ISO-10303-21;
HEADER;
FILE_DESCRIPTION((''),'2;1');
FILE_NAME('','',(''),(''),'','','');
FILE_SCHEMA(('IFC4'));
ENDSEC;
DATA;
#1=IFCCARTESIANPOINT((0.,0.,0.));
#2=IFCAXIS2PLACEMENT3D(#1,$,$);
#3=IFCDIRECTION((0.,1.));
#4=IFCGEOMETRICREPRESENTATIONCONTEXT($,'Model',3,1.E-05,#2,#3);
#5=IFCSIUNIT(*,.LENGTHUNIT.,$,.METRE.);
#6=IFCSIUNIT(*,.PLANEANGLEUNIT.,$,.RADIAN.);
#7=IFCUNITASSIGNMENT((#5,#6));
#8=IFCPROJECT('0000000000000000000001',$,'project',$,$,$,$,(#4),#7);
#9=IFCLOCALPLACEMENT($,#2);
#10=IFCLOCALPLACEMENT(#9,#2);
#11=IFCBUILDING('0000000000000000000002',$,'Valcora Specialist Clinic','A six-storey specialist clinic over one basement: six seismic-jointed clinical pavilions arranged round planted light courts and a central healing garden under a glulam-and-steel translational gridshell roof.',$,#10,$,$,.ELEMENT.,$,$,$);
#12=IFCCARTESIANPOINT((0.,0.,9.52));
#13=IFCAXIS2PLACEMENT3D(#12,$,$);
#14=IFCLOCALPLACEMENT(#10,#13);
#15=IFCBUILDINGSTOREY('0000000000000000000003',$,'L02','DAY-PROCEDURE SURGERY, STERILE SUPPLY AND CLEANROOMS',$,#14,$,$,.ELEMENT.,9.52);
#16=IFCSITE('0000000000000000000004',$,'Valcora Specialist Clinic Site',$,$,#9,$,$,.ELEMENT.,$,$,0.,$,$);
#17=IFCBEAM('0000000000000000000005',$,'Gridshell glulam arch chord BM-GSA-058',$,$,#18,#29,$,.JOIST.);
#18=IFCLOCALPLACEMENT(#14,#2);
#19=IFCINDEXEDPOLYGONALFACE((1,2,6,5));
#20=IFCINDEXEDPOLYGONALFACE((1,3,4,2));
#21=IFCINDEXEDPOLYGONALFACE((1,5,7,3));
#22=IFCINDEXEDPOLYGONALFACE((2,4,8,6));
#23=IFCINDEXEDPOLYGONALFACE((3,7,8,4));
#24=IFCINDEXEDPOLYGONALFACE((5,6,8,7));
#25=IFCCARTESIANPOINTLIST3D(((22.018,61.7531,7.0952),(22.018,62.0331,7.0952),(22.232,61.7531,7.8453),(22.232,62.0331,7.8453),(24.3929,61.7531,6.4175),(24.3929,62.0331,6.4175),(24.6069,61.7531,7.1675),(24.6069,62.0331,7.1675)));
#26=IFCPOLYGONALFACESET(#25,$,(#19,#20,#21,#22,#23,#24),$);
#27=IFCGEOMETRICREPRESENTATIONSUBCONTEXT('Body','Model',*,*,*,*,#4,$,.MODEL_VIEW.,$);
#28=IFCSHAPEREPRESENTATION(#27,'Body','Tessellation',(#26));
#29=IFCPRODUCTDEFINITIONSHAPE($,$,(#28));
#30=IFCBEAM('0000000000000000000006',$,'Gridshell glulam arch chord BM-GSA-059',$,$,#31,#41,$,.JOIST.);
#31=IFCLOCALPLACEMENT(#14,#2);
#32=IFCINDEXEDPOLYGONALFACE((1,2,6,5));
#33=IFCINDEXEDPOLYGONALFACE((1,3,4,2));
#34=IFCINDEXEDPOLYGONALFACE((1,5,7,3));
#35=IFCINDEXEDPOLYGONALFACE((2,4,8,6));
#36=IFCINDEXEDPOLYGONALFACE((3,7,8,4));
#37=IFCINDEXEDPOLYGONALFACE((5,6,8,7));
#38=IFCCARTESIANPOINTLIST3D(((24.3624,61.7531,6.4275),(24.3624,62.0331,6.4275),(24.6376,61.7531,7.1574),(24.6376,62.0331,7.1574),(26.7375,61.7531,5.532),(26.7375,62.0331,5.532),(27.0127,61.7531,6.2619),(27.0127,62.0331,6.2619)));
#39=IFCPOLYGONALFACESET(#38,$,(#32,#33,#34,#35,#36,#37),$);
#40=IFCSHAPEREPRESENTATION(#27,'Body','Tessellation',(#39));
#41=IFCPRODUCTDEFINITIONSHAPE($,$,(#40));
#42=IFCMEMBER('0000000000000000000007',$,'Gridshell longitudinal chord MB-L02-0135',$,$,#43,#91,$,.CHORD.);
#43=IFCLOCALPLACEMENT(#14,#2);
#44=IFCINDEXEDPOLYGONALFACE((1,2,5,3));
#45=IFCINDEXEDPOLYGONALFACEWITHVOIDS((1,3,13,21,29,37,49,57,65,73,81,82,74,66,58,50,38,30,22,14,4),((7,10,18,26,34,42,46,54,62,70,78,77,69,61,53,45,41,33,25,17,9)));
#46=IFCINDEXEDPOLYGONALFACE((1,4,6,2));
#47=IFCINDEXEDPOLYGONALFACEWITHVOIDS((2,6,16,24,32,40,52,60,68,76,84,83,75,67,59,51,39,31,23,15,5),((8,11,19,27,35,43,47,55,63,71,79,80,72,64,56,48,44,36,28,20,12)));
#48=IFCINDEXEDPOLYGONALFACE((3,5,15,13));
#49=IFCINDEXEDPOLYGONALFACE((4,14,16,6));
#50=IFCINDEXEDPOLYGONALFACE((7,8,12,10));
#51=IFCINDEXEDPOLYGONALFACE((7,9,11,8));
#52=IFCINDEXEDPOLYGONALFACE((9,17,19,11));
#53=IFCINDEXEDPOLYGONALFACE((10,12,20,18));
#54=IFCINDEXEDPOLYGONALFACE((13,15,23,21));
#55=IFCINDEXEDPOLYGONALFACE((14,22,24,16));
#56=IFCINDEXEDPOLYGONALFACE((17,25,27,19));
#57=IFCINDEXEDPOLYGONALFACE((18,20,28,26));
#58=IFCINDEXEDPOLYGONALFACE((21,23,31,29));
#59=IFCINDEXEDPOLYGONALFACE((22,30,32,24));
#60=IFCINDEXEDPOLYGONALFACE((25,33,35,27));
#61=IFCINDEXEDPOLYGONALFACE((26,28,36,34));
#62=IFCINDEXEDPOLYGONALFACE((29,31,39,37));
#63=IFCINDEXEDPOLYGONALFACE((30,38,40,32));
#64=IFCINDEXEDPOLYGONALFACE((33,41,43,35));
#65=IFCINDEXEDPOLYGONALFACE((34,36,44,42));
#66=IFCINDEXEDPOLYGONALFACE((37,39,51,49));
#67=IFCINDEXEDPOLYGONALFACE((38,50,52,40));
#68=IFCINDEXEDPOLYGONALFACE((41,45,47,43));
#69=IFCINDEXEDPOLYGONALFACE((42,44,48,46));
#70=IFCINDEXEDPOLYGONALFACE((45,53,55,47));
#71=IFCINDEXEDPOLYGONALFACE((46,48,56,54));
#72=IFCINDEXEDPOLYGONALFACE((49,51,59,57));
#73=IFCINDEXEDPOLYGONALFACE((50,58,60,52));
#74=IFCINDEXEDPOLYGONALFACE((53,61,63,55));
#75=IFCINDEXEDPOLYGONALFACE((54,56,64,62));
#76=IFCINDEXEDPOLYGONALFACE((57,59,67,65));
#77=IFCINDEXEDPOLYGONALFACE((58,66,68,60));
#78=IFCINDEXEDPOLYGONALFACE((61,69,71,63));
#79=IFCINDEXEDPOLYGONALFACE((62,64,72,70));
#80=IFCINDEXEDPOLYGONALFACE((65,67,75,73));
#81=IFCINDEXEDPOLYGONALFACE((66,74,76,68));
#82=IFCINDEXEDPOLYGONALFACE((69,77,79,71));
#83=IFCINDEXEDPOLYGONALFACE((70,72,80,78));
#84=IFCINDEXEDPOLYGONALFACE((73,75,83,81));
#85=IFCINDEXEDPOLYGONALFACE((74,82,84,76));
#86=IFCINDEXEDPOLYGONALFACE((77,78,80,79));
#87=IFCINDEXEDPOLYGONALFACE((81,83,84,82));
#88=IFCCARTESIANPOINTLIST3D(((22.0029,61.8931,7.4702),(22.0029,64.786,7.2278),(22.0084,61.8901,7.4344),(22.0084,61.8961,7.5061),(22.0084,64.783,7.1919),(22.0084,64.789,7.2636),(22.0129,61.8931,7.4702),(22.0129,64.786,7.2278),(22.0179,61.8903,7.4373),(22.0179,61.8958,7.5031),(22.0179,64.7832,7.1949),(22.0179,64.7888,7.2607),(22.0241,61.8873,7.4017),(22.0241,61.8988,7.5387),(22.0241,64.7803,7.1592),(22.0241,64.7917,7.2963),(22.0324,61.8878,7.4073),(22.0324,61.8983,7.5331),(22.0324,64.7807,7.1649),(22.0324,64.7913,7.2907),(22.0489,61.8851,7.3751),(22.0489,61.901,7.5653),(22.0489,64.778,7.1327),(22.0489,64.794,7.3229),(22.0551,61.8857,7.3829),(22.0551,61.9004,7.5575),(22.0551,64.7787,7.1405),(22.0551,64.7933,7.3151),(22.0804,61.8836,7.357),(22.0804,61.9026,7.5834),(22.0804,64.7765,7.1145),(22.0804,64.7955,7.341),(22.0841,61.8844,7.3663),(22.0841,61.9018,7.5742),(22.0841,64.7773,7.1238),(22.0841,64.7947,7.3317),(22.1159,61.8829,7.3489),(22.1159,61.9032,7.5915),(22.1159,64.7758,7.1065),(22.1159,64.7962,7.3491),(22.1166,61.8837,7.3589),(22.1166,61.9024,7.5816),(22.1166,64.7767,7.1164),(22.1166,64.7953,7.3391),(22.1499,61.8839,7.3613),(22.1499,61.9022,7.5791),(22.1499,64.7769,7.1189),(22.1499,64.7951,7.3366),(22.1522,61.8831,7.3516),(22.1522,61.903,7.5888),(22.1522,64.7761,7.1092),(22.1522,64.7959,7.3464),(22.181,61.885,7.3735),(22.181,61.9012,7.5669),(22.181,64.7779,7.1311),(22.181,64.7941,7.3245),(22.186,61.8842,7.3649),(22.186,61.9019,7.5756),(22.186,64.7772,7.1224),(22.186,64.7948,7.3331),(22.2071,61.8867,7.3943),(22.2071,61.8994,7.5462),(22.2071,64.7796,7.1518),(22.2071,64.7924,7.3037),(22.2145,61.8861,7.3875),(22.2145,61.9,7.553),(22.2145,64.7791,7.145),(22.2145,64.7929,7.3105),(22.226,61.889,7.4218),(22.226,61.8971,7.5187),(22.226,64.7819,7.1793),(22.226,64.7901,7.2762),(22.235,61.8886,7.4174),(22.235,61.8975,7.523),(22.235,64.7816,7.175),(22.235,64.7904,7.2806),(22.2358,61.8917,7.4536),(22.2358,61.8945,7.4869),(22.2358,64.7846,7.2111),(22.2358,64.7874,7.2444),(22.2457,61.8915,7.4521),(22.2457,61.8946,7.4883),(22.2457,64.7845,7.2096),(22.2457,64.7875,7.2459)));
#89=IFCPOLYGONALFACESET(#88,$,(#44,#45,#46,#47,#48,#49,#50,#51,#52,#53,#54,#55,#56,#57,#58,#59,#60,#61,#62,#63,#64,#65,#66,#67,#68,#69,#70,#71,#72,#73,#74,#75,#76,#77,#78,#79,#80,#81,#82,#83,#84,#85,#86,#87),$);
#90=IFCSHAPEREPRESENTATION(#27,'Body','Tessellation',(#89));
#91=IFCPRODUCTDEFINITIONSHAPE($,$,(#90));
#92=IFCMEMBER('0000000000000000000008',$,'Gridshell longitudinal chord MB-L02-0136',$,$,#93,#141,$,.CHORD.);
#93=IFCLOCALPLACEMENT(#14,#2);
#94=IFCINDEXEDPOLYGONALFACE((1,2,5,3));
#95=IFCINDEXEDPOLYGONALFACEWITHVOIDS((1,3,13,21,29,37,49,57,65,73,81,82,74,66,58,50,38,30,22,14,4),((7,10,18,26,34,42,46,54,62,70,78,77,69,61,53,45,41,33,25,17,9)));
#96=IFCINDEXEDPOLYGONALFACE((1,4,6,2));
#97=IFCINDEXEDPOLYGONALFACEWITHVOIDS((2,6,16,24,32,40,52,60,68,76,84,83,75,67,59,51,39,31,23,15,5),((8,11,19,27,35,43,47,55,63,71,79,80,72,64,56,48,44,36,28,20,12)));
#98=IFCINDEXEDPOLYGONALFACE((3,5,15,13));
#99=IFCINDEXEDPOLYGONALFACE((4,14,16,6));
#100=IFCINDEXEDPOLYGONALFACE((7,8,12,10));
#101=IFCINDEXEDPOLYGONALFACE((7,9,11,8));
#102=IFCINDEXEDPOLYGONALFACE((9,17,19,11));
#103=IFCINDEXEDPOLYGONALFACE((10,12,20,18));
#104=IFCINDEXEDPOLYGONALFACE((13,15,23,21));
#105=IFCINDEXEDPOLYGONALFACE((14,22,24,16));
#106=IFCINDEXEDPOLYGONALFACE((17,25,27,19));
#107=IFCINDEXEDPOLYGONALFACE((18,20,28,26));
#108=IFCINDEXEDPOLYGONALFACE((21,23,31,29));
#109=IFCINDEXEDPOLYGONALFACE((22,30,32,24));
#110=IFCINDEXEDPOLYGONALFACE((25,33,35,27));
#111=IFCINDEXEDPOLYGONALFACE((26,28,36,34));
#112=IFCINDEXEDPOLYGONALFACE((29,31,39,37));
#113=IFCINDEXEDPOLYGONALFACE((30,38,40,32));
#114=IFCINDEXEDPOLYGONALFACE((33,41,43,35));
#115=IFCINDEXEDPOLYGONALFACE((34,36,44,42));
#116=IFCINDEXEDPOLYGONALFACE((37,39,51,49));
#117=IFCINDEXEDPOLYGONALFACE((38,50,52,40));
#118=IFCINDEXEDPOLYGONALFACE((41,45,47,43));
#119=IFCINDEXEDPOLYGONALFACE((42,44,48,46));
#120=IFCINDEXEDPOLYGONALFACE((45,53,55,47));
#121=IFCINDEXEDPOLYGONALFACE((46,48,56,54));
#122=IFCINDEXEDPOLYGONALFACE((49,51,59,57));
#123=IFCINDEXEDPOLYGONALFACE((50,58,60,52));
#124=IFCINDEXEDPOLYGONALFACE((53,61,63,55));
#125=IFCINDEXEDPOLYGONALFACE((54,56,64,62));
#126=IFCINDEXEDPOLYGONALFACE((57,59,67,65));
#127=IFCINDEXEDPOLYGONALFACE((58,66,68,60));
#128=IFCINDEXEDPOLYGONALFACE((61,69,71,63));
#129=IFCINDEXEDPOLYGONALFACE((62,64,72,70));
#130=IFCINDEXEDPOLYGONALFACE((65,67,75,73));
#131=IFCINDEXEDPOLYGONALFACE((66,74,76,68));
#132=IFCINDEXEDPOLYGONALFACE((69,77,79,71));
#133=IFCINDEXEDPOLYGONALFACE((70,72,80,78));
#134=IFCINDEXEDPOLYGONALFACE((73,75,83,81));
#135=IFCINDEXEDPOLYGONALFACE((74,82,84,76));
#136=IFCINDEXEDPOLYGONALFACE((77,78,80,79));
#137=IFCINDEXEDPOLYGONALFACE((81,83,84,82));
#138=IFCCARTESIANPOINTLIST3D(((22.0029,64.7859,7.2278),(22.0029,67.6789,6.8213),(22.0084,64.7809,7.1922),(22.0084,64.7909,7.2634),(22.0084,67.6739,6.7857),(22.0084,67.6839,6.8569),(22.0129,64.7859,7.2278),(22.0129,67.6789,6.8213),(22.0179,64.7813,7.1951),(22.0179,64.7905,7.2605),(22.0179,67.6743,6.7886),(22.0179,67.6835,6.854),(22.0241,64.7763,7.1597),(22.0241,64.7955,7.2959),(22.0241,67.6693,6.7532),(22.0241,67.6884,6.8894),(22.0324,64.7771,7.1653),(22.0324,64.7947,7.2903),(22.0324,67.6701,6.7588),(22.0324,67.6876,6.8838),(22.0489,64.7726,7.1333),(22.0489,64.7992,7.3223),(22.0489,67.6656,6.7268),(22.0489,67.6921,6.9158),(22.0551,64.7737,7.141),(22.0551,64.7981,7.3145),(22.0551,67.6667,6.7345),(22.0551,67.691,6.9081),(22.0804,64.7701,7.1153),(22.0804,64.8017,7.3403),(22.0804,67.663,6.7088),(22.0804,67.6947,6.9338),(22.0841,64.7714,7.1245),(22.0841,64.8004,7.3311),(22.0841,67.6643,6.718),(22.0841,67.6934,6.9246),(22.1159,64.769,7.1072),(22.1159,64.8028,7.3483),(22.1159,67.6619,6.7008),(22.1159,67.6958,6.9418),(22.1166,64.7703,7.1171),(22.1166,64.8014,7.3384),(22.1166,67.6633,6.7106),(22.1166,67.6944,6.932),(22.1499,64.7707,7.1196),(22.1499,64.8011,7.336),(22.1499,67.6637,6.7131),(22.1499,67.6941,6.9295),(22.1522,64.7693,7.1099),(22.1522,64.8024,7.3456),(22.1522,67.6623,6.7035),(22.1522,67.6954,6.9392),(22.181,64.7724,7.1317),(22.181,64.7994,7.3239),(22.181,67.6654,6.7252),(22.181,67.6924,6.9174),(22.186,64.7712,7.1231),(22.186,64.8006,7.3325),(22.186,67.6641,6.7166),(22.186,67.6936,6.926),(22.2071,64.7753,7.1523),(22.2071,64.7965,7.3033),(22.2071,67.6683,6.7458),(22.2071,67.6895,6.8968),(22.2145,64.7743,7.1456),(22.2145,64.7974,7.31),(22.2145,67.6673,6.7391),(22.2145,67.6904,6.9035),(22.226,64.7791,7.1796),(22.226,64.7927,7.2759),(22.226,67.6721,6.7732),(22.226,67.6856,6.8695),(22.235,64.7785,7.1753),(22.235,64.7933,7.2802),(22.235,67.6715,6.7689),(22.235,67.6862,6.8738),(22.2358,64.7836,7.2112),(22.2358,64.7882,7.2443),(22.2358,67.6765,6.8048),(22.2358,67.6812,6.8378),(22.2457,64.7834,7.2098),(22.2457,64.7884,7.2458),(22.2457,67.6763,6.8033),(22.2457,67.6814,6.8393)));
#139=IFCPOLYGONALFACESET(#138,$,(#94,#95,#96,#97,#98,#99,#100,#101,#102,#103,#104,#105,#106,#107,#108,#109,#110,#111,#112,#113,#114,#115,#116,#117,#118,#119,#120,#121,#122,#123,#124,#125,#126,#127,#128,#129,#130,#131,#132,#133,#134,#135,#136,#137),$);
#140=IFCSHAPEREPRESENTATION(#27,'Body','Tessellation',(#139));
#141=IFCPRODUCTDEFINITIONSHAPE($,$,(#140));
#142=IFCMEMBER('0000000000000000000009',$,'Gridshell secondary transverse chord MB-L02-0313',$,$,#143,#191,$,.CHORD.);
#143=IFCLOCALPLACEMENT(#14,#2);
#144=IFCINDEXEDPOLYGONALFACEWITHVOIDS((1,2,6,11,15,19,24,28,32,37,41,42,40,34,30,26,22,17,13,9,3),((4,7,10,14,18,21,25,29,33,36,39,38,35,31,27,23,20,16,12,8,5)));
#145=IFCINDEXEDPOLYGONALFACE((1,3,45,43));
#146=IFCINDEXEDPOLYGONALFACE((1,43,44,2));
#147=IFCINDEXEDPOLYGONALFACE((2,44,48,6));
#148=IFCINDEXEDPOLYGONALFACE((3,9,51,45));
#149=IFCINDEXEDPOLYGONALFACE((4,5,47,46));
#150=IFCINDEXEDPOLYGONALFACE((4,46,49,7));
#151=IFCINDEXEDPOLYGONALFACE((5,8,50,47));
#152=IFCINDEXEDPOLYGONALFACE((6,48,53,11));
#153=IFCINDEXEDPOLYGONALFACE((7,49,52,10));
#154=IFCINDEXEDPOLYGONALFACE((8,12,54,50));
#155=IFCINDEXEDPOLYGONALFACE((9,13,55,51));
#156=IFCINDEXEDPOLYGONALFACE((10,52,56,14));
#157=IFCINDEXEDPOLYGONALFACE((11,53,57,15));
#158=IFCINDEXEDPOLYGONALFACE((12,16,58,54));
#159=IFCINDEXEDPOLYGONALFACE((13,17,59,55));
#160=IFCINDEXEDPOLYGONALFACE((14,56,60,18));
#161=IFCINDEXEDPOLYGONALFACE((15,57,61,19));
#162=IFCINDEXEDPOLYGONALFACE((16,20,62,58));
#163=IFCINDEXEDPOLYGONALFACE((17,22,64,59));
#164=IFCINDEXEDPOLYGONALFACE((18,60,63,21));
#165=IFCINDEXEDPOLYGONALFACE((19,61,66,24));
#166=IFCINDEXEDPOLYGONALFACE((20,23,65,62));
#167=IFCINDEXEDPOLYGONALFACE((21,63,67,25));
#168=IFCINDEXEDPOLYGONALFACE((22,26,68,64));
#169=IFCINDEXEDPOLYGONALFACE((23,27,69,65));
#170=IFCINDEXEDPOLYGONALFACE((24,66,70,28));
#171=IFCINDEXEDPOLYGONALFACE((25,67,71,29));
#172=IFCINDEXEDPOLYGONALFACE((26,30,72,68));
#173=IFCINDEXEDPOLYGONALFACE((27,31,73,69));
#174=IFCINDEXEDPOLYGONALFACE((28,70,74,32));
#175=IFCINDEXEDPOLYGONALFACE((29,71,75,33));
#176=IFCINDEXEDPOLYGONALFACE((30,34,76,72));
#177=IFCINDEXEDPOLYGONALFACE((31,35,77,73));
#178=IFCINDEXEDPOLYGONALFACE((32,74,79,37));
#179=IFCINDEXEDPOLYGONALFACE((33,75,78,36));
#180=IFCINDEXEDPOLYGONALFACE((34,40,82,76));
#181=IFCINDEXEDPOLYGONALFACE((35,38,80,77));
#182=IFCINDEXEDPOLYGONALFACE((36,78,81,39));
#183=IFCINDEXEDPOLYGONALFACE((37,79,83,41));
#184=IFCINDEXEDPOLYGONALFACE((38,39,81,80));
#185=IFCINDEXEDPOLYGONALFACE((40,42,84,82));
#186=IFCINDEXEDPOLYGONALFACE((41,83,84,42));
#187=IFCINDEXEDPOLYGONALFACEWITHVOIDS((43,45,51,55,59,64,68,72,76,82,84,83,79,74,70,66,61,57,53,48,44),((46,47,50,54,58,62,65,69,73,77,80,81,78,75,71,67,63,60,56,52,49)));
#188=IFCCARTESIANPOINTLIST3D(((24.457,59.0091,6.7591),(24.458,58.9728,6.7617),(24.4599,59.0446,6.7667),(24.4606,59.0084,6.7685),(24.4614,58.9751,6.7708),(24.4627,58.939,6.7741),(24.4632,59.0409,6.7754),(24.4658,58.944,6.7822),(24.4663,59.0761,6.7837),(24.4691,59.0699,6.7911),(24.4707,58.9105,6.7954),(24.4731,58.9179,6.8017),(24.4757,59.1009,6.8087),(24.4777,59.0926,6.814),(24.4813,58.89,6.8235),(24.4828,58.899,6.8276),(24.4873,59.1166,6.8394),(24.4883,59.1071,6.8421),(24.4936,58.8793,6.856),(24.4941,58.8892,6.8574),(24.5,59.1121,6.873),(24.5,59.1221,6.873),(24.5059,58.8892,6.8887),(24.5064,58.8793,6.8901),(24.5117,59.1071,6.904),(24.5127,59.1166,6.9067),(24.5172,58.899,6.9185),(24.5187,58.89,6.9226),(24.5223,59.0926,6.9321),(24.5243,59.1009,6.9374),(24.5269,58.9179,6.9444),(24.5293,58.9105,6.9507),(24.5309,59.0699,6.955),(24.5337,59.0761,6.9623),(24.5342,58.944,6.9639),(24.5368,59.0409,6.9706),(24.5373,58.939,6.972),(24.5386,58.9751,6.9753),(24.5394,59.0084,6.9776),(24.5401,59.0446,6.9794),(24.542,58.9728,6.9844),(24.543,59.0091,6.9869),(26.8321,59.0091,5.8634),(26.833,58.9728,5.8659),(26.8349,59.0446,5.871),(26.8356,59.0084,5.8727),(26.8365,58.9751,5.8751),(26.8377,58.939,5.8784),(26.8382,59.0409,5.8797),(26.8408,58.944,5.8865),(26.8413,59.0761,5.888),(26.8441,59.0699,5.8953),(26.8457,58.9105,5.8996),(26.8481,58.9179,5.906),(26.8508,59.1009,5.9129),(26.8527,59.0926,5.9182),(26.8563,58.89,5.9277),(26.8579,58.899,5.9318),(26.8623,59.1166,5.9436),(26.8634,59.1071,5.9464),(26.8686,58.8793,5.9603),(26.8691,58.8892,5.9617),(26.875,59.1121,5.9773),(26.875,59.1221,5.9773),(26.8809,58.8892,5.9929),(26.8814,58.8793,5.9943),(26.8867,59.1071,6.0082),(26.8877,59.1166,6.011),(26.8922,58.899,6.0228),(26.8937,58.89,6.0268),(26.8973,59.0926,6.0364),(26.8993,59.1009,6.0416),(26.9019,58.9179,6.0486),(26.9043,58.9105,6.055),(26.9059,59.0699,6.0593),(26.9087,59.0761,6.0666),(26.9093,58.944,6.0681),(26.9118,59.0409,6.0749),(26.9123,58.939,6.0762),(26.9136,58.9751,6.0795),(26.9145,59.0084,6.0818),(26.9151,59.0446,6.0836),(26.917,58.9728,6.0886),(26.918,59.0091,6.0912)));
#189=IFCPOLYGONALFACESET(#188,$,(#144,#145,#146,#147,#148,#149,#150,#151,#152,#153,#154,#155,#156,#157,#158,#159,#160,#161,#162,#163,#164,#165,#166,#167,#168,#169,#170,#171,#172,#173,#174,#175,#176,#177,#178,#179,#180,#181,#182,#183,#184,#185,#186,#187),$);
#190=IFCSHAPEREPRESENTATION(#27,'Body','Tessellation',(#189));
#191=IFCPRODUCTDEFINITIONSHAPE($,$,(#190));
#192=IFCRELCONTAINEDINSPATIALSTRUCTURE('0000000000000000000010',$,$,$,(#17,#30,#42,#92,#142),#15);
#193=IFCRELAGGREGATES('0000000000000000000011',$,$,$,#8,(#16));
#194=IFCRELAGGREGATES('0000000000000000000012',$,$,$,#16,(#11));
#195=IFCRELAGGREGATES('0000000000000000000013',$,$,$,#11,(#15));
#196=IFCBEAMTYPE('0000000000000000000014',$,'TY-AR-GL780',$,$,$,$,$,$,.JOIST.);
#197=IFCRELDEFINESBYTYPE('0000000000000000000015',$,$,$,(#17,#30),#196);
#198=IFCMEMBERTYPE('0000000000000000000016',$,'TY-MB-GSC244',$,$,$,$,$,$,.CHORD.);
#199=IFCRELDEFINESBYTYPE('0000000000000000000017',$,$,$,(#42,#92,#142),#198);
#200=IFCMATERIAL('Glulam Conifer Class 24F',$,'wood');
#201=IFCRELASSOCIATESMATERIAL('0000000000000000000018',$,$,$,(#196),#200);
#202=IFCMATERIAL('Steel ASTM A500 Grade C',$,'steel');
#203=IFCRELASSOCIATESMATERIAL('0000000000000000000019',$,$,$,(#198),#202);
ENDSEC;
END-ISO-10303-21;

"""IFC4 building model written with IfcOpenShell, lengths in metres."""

from ifc_helpers import new_model, si_unit, direction, frame, origin, origin_2d, place, context, subcontext, project, spatial, rectangle, hollow_circle, extrude, material, material_profile, profile_set, type_object, element, save


model = new_model("IFC4")

# Units and contexts
model_context = context("Model", 3, precision=1e-05, world=origin(), true_north=direction((0.0, 1.0)))
body_context = subcontext(model_context, "Body", "Model", "MODEL_VIEW")
ifc_project = project(units=[si_unit("LENGTHUNIT", "METRE"), si_unit("PLANEANGLEUNIT", "RADIAN")], contexts=[model_context])

# Site, building, storey
site_placement = place(None, origin())
site = spatial("IfcSite", under=ifc_project, at=site_placement, Name="Valcora Specialist Clinic Site", CompositionType="ELEMENT", RefElevation=0.0)
building_placement = place(site_placement, origin())
building = spatial("IfcBuilding", under=site, at=building_placement, Name="Valcora Specialist Clinic", Description="A six-storey specialist clinic over one basement: six seismic-jointed clinical pavilions arranged round planted light courts and a central healing garden under a glulam-and-steel translational gridshell roof.", CompositionType="ELEMENT")
storey_placement = place(building_placement, frame((0.0, 0.0, 9.52)))
storey = spatial("IfcBuildingStorey", under=building, at=storey_placement, Name="L02", Description="DAY-PROCEDURE SURGERY, STERILE SUPPLY AND CLEANROOMS", CompositionType="ELEMENT", Elevation=9.52)

# Beams
ifc_material_1 = material(Name="Glulam Conifer Class 24F", Category="wood")
ifc_material_profile_1 = material_profile(ifc_material_1, rectangle(XDim=0.28, YDim=0.78, at=origin_2d()), Name="GL-ARC-280X780")
ifc_profile_set_1 = profile_set([ifc_material_profile_1], Name="Glulam Conifer Class 24F")
beam_type = type_object("IfcBeamType", Name="TY-AR-GL780", PredefinedType="JOIST", material=ifc_profile_set_1)
beam_1_placement = place(storey_placement, frame((22.125, 61.8931, 7.4702), z_axis=(0.961613, 0.0, -0.274408), x_axis=(0.0, 1.0, 0.0)))
element("IfcBeam", 1, at=beam_1_placement, inside=storey, type_object=beam_type, Name="Gridshell glulam arch chord BM-GSA-058", PredefinedType="JOIST", context=body_context, shape_type="SweptSolid", body=[
    extrude(rectangle(XDim=0.28, YDim=0.78, at=origin_2d()), origin(), (0.0, 0.0, 1.0), 2.4697),
])
beam_2_placement = place(storey_placement, frame((24.5, 61.8931, 6.7925), z_axis=(0.935695, 0.0, -0.352809), x_axis=(0.0, 1.0, 0.0)))
element("IfcBeam", 2, at=beam_2_placement, inside=storey, type_object=beam_type, Name="Gridshell glulam arch chord BM-GSA-059", PredefinedType="JOIST", context=body_context, shape_type="SweptSolid", body=[
    extrude(rectangle(XDim=0.28, YDim=0.78, at=origin_2d()), origin(), (0.0, 0.0, 1.0), 2.5383),
])

# Members
ifc_material_2 = material(Name="Steel ASTM A500 Grade C", Category="steel")
ifc_material_profile_2 = material_profile(ifc_material_2, hollow_circle(Radius=0.1221, WallThickness=0.01, at=origin_2d()), Name="ST-CHS-244X10")
ifc_profile_set_2 = profile_set([ifc_material_profile_2], Name="Steel ASTM A500 Grade C")
member_type_1 = type_object("IfcMemberType", Name="TY-MB-GSC244", PredefinedType="CHORD", material=ifc_profile_set_2)
member_1_placement = place(storey_placement, frame((22.125, 61.8931, 7.4702), z_axis=(0.0, 0.996507, -0.083512), x_axis=(-1.0, 0.0, 0.0)))
element("IfcMember", 3, at=member_1_placement, inside=storey, type_object=member_type_1, Name="Gridshell longitudinal chord MB-L02-0135", PredefinedType="CHORD", context=body_context, shape_type="SweptSolid", body=[
    extrude(hollow_circle(Radius=0.1221, WallThickness=0.01, at=origin_2d()), origin(), (0.0, 0.0, 1.0), 2.9031),
])
member_2_placement = place(storey_placement, frame((22.125, 64.7859, 7.2278), z_axis=(0.0, 0.990273, -0.13914), x_axis=(-1.0, 0.0, 0.0)))
element("IfcMember", 4, at=member_2_placement, inside=storey, type_object=member_type_1, Name="Gridshell longitudinal chord MB-L02-0136", PredefinedType="CHORD", context=body_context, shape_type="SweptSolid", body=[
    extrude(hollow_circle(Radius=0.1221, WallThickness=0.01, at=origin_2d()), origin(), (0.0, 0.0, 1.0), 2.9214),
])
member_3_placement = place(storey_placement, frame((24.5, 59.0, 6.873), z_axis=(0.935663, 0.0, -0.352894), x_axis=(0.0, 1.0, 0.0)))
element("IfcMember", 5, at=member_3_placement, inside=storey, type_object=member_type_1, Name="Gridshell secondary transverse chord MB-L02-0313", PredefinedType="CHORD", context=body_context, shape_type="SweptSolid", body=[
    extrude(hollow_circle(Radius=0.1221, WallThickness=0.01, at=origin_2d()), origin(), (0.0, 0.0, 1.0), 2.5383),
])

save(model, "model.ifc")
